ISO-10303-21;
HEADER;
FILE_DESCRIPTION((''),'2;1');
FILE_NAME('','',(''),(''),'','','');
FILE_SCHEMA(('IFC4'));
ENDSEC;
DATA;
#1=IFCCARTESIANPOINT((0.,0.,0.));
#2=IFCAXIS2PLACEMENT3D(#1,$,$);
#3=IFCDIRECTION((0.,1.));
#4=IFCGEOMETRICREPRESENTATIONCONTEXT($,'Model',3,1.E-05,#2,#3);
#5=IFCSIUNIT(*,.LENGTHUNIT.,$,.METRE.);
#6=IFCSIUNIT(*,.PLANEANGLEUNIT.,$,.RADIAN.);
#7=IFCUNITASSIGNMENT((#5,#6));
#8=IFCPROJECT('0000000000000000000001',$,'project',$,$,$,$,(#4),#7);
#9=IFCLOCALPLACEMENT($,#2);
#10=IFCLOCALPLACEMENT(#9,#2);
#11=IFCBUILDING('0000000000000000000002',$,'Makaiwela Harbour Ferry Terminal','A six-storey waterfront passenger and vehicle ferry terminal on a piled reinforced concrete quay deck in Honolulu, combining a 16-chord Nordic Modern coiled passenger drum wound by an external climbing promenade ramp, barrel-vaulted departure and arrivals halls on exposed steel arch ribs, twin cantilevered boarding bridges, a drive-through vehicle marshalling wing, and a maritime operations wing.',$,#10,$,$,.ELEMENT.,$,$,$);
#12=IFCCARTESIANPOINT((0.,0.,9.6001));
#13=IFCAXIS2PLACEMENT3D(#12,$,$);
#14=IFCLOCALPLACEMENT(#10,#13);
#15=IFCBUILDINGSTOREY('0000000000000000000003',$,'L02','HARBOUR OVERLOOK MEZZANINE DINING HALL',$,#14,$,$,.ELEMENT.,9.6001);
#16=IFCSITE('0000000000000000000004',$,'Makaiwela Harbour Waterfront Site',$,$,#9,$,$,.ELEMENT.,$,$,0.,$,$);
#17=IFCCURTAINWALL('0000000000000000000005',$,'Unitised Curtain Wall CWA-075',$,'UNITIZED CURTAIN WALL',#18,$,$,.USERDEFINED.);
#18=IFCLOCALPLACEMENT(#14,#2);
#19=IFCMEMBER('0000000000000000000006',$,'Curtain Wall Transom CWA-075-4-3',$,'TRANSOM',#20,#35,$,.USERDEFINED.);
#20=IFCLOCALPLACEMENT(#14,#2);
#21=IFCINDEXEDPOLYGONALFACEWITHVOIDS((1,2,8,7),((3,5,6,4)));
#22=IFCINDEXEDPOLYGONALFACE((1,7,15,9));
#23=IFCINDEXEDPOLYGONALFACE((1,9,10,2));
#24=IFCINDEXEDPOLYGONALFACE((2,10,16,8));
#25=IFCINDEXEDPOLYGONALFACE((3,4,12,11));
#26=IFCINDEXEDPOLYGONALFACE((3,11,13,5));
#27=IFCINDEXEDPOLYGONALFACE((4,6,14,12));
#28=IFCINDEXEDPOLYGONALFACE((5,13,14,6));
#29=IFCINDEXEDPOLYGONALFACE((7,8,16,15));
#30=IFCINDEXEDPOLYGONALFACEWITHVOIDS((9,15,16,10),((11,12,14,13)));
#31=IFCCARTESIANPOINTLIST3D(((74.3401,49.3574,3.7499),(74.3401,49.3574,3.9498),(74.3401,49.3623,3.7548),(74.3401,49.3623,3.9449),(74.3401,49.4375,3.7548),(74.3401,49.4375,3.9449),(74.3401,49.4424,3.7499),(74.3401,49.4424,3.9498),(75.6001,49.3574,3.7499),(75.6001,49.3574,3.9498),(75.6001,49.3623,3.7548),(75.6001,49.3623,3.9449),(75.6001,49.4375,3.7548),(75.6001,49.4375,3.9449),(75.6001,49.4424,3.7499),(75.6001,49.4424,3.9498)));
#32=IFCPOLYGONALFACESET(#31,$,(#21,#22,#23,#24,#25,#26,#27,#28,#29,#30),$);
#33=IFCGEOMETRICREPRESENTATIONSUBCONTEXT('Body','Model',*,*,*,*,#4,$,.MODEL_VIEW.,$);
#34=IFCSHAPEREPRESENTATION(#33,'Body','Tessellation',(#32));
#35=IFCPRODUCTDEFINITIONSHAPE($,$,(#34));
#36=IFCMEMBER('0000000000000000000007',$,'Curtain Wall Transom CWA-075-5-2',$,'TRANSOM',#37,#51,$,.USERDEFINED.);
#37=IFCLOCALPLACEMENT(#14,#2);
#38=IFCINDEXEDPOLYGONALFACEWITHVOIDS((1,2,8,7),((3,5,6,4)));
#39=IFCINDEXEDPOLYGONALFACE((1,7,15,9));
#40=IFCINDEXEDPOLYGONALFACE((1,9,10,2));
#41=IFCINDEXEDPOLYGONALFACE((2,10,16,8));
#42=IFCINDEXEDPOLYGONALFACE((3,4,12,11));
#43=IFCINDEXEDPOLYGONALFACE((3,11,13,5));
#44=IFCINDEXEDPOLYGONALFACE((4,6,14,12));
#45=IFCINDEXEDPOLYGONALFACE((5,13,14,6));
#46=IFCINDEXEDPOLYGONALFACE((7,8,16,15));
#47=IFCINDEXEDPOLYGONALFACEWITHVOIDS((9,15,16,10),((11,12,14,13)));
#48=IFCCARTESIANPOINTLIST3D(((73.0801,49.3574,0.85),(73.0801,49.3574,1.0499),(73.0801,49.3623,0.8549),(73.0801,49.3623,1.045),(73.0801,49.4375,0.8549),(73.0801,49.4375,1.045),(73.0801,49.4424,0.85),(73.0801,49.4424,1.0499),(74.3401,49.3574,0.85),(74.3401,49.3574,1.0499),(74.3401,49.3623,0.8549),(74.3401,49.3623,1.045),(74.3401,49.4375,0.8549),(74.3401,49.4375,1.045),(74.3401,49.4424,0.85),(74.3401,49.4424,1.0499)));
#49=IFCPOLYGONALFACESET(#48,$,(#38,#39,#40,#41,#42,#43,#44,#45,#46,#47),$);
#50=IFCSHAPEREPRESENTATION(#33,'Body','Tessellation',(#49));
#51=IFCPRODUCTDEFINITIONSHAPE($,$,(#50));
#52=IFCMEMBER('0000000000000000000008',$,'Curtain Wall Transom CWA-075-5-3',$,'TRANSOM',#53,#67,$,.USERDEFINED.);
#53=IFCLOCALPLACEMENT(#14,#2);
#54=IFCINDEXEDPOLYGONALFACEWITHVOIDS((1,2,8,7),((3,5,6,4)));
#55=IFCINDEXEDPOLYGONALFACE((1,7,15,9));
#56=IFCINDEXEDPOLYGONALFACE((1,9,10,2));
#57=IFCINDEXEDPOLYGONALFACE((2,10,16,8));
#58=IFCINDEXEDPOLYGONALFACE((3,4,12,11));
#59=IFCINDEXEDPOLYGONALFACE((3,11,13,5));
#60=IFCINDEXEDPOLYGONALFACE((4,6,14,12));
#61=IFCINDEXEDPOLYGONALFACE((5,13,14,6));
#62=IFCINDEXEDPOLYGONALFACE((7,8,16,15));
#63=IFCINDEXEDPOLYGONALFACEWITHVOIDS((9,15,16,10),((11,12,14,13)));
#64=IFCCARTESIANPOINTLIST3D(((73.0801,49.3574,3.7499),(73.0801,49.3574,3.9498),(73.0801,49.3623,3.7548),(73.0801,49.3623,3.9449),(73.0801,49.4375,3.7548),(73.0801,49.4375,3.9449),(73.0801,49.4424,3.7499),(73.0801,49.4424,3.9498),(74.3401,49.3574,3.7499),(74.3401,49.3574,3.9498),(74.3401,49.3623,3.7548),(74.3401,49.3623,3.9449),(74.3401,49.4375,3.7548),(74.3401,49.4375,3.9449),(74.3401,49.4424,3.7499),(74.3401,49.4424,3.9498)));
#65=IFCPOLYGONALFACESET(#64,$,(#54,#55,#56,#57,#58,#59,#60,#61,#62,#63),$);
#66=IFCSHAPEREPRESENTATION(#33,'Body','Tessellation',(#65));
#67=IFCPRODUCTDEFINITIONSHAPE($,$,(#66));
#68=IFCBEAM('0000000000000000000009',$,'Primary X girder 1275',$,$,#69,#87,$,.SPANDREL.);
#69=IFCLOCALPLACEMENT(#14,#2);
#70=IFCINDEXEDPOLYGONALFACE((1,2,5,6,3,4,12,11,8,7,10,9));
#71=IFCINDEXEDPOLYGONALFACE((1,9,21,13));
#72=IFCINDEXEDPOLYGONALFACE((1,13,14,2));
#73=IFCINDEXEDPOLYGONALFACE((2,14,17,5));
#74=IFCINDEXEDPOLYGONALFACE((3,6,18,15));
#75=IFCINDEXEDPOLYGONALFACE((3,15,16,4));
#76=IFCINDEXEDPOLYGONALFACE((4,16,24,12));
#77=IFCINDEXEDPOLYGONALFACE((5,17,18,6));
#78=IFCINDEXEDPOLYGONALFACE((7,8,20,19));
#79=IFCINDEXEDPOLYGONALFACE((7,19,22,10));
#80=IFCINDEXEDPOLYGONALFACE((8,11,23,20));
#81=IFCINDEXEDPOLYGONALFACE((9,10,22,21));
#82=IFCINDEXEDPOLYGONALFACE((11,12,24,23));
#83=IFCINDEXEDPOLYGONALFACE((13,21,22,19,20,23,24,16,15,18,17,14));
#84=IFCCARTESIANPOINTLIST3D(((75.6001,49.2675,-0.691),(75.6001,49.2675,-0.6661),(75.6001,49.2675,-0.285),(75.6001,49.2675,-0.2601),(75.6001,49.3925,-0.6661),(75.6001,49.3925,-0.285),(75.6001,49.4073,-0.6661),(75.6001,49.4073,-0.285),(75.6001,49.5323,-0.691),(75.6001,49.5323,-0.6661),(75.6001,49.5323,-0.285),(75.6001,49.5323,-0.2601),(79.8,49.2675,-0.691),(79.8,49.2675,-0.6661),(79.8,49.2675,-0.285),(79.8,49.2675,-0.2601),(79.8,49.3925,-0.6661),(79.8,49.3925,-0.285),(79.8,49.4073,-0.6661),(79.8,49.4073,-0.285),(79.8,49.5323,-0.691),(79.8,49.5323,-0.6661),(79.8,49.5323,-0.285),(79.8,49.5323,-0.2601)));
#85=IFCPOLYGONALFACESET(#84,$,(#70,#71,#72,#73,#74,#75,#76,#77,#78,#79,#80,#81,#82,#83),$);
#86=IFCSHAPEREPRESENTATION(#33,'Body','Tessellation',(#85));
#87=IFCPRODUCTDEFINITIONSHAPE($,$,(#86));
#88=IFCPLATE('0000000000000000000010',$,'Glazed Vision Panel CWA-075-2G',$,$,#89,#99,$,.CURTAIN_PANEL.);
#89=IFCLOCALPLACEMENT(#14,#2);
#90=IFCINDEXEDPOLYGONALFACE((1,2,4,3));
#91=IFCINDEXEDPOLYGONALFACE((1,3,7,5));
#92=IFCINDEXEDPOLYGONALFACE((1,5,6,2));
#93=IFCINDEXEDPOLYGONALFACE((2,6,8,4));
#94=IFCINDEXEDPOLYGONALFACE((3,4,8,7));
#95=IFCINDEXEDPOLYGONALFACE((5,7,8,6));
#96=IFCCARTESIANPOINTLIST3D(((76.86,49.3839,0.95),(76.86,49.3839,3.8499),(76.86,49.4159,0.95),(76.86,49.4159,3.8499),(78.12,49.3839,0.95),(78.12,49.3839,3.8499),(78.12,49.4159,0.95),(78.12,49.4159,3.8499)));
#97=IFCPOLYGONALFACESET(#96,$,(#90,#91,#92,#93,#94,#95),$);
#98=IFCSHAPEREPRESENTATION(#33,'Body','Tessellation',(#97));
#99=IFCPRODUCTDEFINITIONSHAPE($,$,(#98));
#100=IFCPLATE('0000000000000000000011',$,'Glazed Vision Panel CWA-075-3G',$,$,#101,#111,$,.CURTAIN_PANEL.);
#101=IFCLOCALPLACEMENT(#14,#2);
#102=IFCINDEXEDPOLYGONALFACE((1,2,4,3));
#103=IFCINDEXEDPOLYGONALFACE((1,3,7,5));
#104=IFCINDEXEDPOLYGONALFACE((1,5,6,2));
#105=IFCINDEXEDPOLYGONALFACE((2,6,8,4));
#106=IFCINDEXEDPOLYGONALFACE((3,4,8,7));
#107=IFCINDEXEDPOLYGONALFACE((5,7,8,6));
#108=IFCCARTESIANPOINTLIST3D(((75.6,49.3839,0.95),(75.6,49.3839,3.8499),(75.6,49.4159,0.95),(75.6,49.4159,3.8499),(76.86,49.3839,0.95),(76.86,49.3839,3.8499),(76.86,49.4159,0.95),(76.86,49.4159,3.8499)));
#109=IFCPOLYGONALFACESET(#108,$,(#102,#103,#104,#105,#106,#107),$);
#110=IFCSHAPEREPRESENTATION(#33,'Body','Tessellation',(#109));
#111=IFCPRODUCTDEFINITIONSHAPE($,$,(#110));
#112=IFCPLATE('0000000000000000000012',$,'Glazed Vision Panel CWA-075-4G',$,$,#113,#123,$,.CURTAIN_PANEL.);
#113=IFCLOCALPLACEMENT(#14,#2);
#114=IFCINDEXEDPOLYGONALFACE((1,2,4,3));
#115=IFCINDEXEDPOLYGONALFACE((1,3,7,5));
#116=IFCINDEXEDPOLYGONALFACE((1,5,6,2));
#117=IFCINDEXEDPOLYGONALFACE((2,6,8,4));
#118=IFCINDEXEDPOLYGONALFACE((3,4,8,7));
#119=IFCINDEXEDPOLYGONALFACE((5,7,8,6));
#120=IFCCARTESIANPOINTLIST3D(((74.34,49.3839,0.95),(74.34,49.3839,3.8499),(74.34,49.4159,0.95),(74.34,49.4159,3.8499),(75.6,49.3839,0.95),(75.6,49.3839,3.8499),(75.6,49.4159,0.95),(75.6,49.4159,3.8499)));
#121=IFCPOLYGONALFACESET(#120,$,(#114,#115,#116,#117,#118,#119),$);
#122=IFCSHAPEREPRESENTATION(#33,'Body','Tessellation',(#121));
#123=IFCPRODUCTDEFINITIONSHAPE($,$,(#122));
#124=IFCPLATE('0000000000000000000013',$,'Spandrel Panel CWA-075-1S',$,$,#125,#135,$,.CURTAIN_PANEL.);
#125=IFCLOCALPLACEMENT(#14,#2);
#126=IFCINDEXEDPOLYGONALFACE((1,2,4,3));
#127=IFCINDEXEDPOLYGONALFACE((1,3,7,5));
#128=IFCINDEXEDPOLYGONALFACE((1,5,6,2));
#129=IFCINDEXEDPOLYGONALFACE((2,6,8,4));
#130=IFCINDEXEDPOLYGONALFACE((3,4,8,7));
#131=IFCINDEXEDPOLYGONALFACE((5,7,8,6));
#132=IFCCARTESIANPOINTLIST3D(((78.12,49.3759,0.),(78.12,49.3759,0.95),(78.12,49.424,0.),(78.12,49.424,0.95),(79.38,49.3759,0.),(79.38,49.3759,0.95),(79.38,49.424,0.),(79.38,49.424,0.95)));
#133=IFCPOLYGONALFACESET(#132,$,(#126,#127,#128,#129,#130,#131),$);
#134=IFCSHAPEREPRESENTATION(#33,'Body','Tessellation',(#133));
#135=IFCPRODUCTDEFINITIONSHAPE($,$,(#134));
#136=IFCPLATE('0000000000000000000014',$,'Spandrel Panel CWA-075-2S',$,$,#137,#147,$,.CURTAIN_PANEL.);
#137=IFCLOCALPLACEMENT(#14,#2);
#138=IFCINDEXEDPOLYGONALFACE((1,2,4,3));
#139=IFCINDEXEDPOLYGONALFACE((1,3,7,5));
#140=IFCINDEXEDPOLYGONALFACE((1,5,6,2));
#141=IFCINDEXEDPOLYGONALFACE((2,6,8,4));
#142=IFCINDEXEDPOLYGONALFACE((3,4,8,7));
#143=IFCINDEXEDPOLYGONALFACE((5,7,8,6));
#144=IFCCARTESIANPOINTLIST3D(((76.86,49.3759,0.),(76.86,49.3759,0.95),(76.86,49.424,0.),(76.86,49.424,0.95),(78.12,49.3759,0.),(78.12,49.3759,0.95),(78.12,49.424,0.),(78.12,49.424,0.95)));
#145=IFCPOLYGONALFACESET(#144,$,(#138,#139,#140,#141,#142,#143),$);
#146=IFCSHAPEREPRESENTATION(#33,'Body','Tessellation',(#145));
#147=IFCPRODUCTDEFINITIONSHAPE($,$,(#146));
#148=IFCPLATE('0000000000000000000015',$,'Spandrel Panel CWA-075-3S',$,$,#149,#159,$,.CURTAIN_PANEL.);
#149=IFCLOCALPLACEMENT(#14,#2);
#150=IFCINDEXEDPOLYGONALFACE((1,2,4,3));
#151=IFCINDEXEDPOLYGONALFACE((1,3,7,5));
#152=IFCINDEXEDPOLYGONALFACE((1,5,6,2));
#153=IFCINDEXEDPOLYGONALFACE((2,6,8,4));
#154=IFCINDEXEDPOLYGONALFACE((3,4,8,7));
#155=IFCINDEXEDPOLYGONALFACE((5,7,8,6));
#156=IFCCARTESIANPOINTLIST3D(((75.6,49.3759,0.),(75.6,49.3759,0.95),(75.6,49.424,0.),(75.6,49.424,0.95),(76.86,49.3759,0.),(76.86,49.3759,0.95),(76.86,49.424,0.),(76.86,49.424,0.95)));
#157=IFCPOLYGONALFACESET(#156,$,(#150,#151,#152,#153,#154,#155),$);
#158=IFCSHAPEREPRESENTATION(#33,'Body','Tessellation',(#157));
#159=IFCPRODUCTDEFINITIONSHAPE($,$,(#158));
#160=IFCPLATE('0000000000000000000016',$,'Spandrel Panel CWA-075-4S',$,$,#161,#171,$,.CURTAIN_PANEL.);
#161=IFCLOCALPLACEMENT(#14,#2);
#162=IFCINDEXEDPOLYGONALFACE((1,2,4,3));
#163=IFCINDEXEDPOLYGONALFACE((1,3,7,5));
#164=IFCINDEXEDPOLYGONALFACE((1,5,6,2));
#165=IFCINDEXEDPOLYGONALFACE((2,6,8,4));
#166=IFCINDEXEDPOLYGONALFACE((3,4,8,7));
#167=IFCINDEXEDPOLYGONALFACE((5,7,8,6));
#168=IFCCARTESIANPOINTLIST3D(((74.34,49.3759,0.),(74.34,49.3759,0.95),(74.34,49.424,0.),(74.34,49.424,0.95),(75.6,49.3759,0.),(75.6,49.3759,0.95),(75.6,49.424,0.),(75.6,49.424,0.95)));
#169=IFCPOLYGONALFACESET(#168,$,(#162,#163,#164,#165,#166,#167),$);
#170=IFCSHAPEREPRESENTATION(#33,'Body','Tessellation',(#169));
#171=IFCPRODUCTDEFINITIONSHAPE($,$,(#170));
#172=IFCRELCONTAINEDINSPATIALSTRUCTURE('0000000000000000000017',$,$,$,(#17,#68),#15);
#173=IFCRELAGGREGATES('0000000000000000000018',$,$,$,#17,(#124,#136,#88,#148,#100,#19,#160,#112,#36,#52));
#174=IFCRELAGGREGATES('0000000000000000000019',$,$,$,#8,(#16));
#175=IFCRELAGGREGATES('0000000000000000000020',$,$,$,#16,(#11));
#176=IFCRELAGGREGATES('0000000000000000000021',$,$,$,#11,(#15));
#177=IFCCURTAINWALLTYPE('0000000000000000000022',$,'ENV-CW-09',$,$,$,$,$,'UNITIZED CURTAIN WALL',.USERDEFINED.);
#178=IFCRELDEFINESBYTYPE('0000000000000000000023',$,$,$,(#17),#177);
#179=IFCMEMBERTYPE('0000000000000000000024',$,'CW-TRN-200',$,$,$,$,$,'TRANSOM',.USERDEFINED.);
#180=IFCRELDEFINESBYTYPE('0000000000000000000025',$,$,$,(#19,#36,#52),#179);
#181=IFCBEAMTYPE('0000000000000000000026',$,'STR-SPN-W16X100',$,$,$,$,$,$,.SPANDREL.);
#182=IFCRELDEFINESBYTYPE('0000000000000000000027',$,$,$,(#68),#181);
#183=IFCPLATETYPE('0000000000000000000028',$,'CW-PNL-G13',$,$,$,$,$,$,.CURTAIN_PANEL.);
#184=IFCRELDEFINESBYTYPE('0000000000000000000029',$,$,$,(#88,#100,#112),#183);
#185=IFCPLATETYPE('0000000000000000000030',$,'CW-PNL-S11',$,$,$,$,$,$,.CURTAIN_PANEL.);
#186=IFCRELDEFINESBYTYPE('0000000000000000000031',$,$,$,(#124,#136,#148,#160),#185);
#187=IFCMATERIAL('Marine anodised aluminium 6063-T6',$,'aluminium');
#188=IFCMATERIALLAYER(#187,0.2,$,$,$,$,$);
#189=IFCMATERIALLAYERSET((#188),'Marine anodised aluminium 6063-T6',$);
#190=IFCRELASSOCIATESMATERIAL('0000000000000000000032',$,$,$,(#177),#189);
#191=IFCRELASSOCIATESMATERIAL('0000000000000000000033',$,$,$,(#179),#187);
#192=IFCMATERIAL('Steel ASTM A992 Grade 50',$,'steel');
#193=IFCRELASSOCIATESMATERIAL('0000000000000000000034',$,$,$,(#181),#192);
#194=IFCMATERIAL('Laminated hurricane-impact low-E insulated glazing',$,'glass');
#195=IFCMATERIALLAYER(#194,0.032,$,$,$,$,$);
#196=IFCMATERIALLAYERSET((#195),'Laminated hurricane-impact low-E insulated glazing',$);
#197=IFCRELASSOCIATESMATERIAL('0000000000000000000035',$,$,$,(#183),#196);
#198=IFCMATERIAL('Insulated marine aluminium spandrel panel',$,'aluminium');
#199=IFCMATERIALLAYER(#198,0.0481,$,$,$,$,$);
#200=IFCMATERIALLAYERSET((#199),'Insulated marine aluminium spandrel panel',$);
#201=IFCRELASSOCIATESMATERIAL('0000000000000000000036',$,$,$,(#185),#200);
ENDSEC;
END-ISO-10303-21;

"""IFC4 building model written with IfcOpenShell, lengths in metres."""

from ifc_helpers import new_model, si_unit, direction, frame, origin, origin_2d, place, context, subcontext, project, spatial, rectangle, hollow_rectangle, i_section, extrude, material, layer, layer_set, material_profile, profile_set, type_object, element, aggregate, save


model = new_model("IFC4")

# Units and contexts
model_context = context("Model", 3, precision=1e-05, world=origin(), true_north=direction((0.0, 1.0)))
body_context = subcontext(model_context, "Body", "Model", "MODEL_VIEW")
ifc_project = project(units=[si_unit("LENGTHUNIT", "METRE"), si_unit("PLANEANGLEUNIT", "RADIAN")], contexts=[model_context])

# Site, building, storey
site_placement = place(None, origin())
site = spatial("IfcSite", under=ifc_project, at=site_placement, Name="Makaiwela Harbour Waterfront Site", CompositionType="ELEMENT", RefElevation=0.0)
building_placement = place(site_placement, origin())
building = spatial("IfcBuilding", under=site, at=building_placement, Name="Makaiwela Harbour Ferry Terminal", Description="A six-storey waterfront passenger and vehicle ferry terminal on a piled reinforced concrete quay deck in Honolulu, combining a 16-chord Nordic Modern coiled passenger drum wound by an external climbing promenade ramp, barrel-vaulted departure and arrivals halls on exposed steel arch ribs, twin cantilevered boarding bridges, a drive-through vehicle marshalling wing, and a maritime operations wing.", CompositionType="ELEMENT")
storey_placement = place(building_placement, frame((0.0, 0.0, 9.6001)))
storey = spatial("IfcBuildingStorey", under=building, at=storey_placement, Name="L02", Description="HARBOUR OVERLOOK MEZZANINE DINING HALL", CompositionType="ELEMENT", Elevation=9.6001)

# Curtain wall, members
ifc_material_1 = material(Name="Marine anodised aluminium 6063-T6", Category="aluminium")
ifc_layer_1 = layer(ifc_material_1, 0.2)
ifc_layer_set_1 = layer_set([ifc_layer_1], Name="Marine anodised aluminium 6063-T6")
curtain_wall_type = type_object("IfcCurtainWallType", Name="ENV-CW-09", ElementType="UNITIZED CURTAIN WALL", PredefinedType="USERDEFINED", material=ifc_layer_set_1)
curtain_wall_placement = place(storey_placement, origin())
curtain_wall = element("IfcCurtainWall", 1, at=curtain_wall_placement, inside=storey, type_object=curtain_wall_type, Name="Unitised Curtain Wall CWA-075", ObjectType="UNITIZED CURTAIN WALL", PredefinedType="USERDEFINED")
ifc_material_profile_1 = material_profile(ifc_material_1, hollow_rectangle(XDim=0.085, YDim=0.2, WallThickness=0.0049, at=origin_2d()), Name="CWT-200X85")
ifc_profile_set_1 = profile_set([ifc_material_profile_1], Name="Marine anodised aluminium 6063-T6")
member_type_1 = type_object("IfcMemberType", Name="CW-TRN-200", ElementType="TRANSOM", PredefinedType="USERDEFINED", material=ifc_profile_set_1)
member_1_placement = place(storey_placement, frame((75.6001, 49.3999, 3.8499), z_axis=(-1.0, 0.0, 0.0), x_axis=(0.0, -1.0, 0.0)))
member_1 = element("IfcMember", 2, at=member_1_placement, type_object=member_type_1, Name="Curtain Wall Transom CWA-075-4-3", ObjectType="TRANSOM", PredefinedType="USERDEFINED", context=body_context, shape_type="SweptSolid", body=[
    extrude(hollow_rectangle(XDim=0.085, YDim=0.2, WallThickness=0.0049, at=origin_2d()), origin(), (0.0, 0.0, 1.0), 1.26),
])
member_2_placement = place(storey_placement, frame((74.3401, 49.3999, 0.95), z_axis=(-1.0, 0.0, 0.0), x_axis=(0.0, -1.0, 0.0)))
member_2 = element("IfcMember", 3, at=member_2_placement, type_object=member_type_1, Name="Curtain Wall Transom CWA-075-5-2", ObjectType="TRANSOM", PredefinedType="USERDEFINED", context=body_context, shape_type="SweptSolid", body=[
    extrude(hollow_rectangle(XDim=0.085, YDim=0.2, WallThickness=0.0049, at=origin_2d()), origin(), (0.0, 0.0, 1.0), 1.26),
])
member_3_placement = place(storey_placement, frame((74.3401, 49.3999, 3.8499), z_axis=(-1.0, 0.0, 0.0), x_axis=(0.0, -1.0, 0.0)))
member_3 = element("IfcMember", 4, at=member_3_placement, type_object=member_type_1, Name="Curtain Wall Transom CWA-075-5-3", ObjectType="TRANSOM", PredefinedType="USERDEFINED", context=body_context, shape_type="SweptSolid", body=[
    extrude(hollow_rectangle(XDim=0.085, YDim=0.2, WallThickness=0.0049, at=origin_2d()), origin(), (0.0, 0.0, 1.0), 1.26),
])

# Beam
ifc_material_2 = material(Name="Steel ASTM A992 Grade 50", Category="steel")
ifc_material_profile_2 = material_profile(ifc_material_2, i_section(OverallWidth=0.2649, OverallDepth=0.4309, WebThickness=0.0149, FlangeThickness=0.0249, at=origin_2d()), Name="W16X100")
ifc_profile_set_2 = profile_set([ifc_material_profile_2], Name="Steel ASTM A992 Grade 50")
beam_type = type_object("IfcBeamType", Name="STR-SPN-W16X100", PredefinedType="SPANDREL", material=ifc_profile_set_2)
beam_placement = place(storey_placement, frame((75.6001, 49.3999, -0.4756), z_axis=(1.0, 0.0, 0.0), x_axis=(0.0, 1.0, 0.0)))
element("IfcBeam", 5, at=beam_placement, inside=storey, type_object=beam_type, Name="Primary X girder 1275", PredefinedType="SPANDREL", context=body_context, shape_type="SweptSolid", body=[
    extrude(i_section(OverallWidth=0.2649, OverallDepth=0.4309, WebThickness=0.0149, FlangeThickness=0.0249, at=origin_2d()), origin(), (0.0, 0.0, 1.0), 4.2),
])

# Plates
ifc_material_3 = material(Name="Laminated hurricane-impact low-E insulated glazing", Category="glass")
ifc_layer_2 = layer(ifc_material_3, 0.032)
ifc_layer_set_2 = layer_set([ifc_layer_2], Name="Laminated hurricane-impact low-E insulated glazing")
plate_type_1 = type_object("IfcPlateType", Name="CW-PNL-G13", PredefinedType="CURTAIN_PANEL", material=ifc_layer_set_2)
plate_1_placement = place(storey_placement, frame((77.49, 49.3999, 0.95), z_axis=(0.0, 0.0, 1.0), x_axis=(-1.0, 0.0, 0.0)))
plate_1 = element("IfcPlate", 6, at=plate_1_placement, type_object=plate_type_1, Name="Glazed Vision Panel CWA-075-2G", PredefinedType="CURTAIN_PANEL", context=body_context, shape_type="SweptSolid", body=[
    extrude(rectangle(XDim=1.26, YDim=0.032, at=origin_2d()), origin(), (0.0, 0.0, 1.0), 2.8999),
])
plate_2_placement = place(storey_placement, frame((76.23, 49.3999, 0.95), z_axis=(0.0, 0.0, 1.0), x_axis=(-1.0, 0.0, 0.0)))
plate_2 = element("IfcPlate", 7, at=plate_2_placement, type_object=plate_type_1, Name="Glazed Vision Panel CWA-075-3G", PredefinedType="CURTAIN_PANEL", context=body_context, shape_type="SweptSolid", body=[
    extrude(rectangle(XDim=1.26, YDim=0.032, at=origin_2d()), origin(), (0.0, 0.0, 1.0), 2.8999),
])
plate_3_placement = place(storey_placement, frame((74.97, 49.3999, 0.95), z_axis=(0.0, 0.0, 1.0), x_axis=(-1.0, 0.0, 0.0)))
plate_3 = element("IfcPlate", 8, at=plate_3_placement, type_object=plate_type_1, Name="Glazed Vision Panel CWA-075-4G", PredefinedType="CURTAIN_PANEL", context=body_context, shape_type="SweptSolid", body=[
    extrude(rectangle(XDim=1.26, YDim=0.032, at=origin_2d()), origin(), (0.0, 0.0, 1.0), 2.8999),
])
ifc_material_4 = material(Name="Insulated marine aluminium spandrel panel", Category="aluminium")
ifc_layer_3 = layer(ifc_material_4, 0.0481)
ifc_layer_set_3 = layer_set([ifc_layer_3], Name="Insulated marine aluminium spandrel panel")
plate_type_2 = type_object("IfcPlateType", Name="CW-PNL-S11", PredefinedType="CURTAIN_PANEL", material=ifc_layer_set_3)
plate_4_placement = place(storey_placement, frame((78.75, 49.3999, 0.0), z_axis=(0.0, 0.0, 1.0), x_axis=(-1.0, 0.0, 0.0)))
plate_4 = element("IfcPlate", 9, at=plate_4_placement, type_object=plate_type_2, Name="Spandrel Panel CWA-075-1S", PredefinedType="CURTAIN_PANEL", context=body_context, shape_type="SweptSolid", body=[
    extrude(rectangle(XDim=1.26, YDim=0.0481, at=origin_2d()), origin(), (0.0, 0.0, 1.0), 0.95),
])
plate_5_placement = place(storey_placement, frame((77.49, 49.3999, 0.0), z_axis=(0.0, 0.0, 1.0), x_axis=(-1.0, 0.0, 0.0)))
plate_5 = element("IfcPlate", 10, at=plate_5_placement, type_object=plate_type_2, Name="Spandrel Panel CWA-075-2S", PredefinedType="CURTAIN_PANEL", context=body_context, shape_type="SweptSolid", body=[
    extrude(rectangle(XDim=1.26, YDim=0.0481, at=origin_2d()), origin(), (0.0, 0.0, 1.0), 0.95),
])
plate_6_placement = place(storey_placement, frame((76.23, 49.3999, 0.0), z_axis=(0.0, 0.0, 1.0), x_axis=(-1.0, 0.0, 0.0)))
plate_6 = element("IfcPlate", 11, at=plate_6_placement, type_object=plate_type_2, Name="Spandrel Panel CWA-075-3S", PredefinedType="CURTAIN_PANEL", context=body_context, shape_type="SweptSolid", body=[
    extrude(rectangle(XDim=1.26, YDim=0.0481, at=origin_2d()), origin(), (0.0, 0.0, 1.0), 0.95),
])
plate_7_placement = place(storey_placement, frame((74.97, 49.3999, 0.0), z_axis=(0.0, 0.0, 1.0), x_axis=(-1.0, 0.0, 0.0)))
plate_7 = element("IfcPlate", 12, at=plate_7_placement, type_object=plate_type_2, Name="Spandrel Panel CWA-075-4S", PredefinedType="CURTAIN_PANEL", context=body_context, shape_type="SweptSolid", body=[
    extrude(rectangle(XDim=1.26, YDim=0.0481, at=origin_2d()), origin(), (0.0, 0.0, 1.0), 0.95),
])
aggregate(curtain_wall, [plate_4, plate_5, plate_1, plate_6, plate_2, member_1, plate_7, plate_3, member_2, member_3])

save(model, "model.ifc")
